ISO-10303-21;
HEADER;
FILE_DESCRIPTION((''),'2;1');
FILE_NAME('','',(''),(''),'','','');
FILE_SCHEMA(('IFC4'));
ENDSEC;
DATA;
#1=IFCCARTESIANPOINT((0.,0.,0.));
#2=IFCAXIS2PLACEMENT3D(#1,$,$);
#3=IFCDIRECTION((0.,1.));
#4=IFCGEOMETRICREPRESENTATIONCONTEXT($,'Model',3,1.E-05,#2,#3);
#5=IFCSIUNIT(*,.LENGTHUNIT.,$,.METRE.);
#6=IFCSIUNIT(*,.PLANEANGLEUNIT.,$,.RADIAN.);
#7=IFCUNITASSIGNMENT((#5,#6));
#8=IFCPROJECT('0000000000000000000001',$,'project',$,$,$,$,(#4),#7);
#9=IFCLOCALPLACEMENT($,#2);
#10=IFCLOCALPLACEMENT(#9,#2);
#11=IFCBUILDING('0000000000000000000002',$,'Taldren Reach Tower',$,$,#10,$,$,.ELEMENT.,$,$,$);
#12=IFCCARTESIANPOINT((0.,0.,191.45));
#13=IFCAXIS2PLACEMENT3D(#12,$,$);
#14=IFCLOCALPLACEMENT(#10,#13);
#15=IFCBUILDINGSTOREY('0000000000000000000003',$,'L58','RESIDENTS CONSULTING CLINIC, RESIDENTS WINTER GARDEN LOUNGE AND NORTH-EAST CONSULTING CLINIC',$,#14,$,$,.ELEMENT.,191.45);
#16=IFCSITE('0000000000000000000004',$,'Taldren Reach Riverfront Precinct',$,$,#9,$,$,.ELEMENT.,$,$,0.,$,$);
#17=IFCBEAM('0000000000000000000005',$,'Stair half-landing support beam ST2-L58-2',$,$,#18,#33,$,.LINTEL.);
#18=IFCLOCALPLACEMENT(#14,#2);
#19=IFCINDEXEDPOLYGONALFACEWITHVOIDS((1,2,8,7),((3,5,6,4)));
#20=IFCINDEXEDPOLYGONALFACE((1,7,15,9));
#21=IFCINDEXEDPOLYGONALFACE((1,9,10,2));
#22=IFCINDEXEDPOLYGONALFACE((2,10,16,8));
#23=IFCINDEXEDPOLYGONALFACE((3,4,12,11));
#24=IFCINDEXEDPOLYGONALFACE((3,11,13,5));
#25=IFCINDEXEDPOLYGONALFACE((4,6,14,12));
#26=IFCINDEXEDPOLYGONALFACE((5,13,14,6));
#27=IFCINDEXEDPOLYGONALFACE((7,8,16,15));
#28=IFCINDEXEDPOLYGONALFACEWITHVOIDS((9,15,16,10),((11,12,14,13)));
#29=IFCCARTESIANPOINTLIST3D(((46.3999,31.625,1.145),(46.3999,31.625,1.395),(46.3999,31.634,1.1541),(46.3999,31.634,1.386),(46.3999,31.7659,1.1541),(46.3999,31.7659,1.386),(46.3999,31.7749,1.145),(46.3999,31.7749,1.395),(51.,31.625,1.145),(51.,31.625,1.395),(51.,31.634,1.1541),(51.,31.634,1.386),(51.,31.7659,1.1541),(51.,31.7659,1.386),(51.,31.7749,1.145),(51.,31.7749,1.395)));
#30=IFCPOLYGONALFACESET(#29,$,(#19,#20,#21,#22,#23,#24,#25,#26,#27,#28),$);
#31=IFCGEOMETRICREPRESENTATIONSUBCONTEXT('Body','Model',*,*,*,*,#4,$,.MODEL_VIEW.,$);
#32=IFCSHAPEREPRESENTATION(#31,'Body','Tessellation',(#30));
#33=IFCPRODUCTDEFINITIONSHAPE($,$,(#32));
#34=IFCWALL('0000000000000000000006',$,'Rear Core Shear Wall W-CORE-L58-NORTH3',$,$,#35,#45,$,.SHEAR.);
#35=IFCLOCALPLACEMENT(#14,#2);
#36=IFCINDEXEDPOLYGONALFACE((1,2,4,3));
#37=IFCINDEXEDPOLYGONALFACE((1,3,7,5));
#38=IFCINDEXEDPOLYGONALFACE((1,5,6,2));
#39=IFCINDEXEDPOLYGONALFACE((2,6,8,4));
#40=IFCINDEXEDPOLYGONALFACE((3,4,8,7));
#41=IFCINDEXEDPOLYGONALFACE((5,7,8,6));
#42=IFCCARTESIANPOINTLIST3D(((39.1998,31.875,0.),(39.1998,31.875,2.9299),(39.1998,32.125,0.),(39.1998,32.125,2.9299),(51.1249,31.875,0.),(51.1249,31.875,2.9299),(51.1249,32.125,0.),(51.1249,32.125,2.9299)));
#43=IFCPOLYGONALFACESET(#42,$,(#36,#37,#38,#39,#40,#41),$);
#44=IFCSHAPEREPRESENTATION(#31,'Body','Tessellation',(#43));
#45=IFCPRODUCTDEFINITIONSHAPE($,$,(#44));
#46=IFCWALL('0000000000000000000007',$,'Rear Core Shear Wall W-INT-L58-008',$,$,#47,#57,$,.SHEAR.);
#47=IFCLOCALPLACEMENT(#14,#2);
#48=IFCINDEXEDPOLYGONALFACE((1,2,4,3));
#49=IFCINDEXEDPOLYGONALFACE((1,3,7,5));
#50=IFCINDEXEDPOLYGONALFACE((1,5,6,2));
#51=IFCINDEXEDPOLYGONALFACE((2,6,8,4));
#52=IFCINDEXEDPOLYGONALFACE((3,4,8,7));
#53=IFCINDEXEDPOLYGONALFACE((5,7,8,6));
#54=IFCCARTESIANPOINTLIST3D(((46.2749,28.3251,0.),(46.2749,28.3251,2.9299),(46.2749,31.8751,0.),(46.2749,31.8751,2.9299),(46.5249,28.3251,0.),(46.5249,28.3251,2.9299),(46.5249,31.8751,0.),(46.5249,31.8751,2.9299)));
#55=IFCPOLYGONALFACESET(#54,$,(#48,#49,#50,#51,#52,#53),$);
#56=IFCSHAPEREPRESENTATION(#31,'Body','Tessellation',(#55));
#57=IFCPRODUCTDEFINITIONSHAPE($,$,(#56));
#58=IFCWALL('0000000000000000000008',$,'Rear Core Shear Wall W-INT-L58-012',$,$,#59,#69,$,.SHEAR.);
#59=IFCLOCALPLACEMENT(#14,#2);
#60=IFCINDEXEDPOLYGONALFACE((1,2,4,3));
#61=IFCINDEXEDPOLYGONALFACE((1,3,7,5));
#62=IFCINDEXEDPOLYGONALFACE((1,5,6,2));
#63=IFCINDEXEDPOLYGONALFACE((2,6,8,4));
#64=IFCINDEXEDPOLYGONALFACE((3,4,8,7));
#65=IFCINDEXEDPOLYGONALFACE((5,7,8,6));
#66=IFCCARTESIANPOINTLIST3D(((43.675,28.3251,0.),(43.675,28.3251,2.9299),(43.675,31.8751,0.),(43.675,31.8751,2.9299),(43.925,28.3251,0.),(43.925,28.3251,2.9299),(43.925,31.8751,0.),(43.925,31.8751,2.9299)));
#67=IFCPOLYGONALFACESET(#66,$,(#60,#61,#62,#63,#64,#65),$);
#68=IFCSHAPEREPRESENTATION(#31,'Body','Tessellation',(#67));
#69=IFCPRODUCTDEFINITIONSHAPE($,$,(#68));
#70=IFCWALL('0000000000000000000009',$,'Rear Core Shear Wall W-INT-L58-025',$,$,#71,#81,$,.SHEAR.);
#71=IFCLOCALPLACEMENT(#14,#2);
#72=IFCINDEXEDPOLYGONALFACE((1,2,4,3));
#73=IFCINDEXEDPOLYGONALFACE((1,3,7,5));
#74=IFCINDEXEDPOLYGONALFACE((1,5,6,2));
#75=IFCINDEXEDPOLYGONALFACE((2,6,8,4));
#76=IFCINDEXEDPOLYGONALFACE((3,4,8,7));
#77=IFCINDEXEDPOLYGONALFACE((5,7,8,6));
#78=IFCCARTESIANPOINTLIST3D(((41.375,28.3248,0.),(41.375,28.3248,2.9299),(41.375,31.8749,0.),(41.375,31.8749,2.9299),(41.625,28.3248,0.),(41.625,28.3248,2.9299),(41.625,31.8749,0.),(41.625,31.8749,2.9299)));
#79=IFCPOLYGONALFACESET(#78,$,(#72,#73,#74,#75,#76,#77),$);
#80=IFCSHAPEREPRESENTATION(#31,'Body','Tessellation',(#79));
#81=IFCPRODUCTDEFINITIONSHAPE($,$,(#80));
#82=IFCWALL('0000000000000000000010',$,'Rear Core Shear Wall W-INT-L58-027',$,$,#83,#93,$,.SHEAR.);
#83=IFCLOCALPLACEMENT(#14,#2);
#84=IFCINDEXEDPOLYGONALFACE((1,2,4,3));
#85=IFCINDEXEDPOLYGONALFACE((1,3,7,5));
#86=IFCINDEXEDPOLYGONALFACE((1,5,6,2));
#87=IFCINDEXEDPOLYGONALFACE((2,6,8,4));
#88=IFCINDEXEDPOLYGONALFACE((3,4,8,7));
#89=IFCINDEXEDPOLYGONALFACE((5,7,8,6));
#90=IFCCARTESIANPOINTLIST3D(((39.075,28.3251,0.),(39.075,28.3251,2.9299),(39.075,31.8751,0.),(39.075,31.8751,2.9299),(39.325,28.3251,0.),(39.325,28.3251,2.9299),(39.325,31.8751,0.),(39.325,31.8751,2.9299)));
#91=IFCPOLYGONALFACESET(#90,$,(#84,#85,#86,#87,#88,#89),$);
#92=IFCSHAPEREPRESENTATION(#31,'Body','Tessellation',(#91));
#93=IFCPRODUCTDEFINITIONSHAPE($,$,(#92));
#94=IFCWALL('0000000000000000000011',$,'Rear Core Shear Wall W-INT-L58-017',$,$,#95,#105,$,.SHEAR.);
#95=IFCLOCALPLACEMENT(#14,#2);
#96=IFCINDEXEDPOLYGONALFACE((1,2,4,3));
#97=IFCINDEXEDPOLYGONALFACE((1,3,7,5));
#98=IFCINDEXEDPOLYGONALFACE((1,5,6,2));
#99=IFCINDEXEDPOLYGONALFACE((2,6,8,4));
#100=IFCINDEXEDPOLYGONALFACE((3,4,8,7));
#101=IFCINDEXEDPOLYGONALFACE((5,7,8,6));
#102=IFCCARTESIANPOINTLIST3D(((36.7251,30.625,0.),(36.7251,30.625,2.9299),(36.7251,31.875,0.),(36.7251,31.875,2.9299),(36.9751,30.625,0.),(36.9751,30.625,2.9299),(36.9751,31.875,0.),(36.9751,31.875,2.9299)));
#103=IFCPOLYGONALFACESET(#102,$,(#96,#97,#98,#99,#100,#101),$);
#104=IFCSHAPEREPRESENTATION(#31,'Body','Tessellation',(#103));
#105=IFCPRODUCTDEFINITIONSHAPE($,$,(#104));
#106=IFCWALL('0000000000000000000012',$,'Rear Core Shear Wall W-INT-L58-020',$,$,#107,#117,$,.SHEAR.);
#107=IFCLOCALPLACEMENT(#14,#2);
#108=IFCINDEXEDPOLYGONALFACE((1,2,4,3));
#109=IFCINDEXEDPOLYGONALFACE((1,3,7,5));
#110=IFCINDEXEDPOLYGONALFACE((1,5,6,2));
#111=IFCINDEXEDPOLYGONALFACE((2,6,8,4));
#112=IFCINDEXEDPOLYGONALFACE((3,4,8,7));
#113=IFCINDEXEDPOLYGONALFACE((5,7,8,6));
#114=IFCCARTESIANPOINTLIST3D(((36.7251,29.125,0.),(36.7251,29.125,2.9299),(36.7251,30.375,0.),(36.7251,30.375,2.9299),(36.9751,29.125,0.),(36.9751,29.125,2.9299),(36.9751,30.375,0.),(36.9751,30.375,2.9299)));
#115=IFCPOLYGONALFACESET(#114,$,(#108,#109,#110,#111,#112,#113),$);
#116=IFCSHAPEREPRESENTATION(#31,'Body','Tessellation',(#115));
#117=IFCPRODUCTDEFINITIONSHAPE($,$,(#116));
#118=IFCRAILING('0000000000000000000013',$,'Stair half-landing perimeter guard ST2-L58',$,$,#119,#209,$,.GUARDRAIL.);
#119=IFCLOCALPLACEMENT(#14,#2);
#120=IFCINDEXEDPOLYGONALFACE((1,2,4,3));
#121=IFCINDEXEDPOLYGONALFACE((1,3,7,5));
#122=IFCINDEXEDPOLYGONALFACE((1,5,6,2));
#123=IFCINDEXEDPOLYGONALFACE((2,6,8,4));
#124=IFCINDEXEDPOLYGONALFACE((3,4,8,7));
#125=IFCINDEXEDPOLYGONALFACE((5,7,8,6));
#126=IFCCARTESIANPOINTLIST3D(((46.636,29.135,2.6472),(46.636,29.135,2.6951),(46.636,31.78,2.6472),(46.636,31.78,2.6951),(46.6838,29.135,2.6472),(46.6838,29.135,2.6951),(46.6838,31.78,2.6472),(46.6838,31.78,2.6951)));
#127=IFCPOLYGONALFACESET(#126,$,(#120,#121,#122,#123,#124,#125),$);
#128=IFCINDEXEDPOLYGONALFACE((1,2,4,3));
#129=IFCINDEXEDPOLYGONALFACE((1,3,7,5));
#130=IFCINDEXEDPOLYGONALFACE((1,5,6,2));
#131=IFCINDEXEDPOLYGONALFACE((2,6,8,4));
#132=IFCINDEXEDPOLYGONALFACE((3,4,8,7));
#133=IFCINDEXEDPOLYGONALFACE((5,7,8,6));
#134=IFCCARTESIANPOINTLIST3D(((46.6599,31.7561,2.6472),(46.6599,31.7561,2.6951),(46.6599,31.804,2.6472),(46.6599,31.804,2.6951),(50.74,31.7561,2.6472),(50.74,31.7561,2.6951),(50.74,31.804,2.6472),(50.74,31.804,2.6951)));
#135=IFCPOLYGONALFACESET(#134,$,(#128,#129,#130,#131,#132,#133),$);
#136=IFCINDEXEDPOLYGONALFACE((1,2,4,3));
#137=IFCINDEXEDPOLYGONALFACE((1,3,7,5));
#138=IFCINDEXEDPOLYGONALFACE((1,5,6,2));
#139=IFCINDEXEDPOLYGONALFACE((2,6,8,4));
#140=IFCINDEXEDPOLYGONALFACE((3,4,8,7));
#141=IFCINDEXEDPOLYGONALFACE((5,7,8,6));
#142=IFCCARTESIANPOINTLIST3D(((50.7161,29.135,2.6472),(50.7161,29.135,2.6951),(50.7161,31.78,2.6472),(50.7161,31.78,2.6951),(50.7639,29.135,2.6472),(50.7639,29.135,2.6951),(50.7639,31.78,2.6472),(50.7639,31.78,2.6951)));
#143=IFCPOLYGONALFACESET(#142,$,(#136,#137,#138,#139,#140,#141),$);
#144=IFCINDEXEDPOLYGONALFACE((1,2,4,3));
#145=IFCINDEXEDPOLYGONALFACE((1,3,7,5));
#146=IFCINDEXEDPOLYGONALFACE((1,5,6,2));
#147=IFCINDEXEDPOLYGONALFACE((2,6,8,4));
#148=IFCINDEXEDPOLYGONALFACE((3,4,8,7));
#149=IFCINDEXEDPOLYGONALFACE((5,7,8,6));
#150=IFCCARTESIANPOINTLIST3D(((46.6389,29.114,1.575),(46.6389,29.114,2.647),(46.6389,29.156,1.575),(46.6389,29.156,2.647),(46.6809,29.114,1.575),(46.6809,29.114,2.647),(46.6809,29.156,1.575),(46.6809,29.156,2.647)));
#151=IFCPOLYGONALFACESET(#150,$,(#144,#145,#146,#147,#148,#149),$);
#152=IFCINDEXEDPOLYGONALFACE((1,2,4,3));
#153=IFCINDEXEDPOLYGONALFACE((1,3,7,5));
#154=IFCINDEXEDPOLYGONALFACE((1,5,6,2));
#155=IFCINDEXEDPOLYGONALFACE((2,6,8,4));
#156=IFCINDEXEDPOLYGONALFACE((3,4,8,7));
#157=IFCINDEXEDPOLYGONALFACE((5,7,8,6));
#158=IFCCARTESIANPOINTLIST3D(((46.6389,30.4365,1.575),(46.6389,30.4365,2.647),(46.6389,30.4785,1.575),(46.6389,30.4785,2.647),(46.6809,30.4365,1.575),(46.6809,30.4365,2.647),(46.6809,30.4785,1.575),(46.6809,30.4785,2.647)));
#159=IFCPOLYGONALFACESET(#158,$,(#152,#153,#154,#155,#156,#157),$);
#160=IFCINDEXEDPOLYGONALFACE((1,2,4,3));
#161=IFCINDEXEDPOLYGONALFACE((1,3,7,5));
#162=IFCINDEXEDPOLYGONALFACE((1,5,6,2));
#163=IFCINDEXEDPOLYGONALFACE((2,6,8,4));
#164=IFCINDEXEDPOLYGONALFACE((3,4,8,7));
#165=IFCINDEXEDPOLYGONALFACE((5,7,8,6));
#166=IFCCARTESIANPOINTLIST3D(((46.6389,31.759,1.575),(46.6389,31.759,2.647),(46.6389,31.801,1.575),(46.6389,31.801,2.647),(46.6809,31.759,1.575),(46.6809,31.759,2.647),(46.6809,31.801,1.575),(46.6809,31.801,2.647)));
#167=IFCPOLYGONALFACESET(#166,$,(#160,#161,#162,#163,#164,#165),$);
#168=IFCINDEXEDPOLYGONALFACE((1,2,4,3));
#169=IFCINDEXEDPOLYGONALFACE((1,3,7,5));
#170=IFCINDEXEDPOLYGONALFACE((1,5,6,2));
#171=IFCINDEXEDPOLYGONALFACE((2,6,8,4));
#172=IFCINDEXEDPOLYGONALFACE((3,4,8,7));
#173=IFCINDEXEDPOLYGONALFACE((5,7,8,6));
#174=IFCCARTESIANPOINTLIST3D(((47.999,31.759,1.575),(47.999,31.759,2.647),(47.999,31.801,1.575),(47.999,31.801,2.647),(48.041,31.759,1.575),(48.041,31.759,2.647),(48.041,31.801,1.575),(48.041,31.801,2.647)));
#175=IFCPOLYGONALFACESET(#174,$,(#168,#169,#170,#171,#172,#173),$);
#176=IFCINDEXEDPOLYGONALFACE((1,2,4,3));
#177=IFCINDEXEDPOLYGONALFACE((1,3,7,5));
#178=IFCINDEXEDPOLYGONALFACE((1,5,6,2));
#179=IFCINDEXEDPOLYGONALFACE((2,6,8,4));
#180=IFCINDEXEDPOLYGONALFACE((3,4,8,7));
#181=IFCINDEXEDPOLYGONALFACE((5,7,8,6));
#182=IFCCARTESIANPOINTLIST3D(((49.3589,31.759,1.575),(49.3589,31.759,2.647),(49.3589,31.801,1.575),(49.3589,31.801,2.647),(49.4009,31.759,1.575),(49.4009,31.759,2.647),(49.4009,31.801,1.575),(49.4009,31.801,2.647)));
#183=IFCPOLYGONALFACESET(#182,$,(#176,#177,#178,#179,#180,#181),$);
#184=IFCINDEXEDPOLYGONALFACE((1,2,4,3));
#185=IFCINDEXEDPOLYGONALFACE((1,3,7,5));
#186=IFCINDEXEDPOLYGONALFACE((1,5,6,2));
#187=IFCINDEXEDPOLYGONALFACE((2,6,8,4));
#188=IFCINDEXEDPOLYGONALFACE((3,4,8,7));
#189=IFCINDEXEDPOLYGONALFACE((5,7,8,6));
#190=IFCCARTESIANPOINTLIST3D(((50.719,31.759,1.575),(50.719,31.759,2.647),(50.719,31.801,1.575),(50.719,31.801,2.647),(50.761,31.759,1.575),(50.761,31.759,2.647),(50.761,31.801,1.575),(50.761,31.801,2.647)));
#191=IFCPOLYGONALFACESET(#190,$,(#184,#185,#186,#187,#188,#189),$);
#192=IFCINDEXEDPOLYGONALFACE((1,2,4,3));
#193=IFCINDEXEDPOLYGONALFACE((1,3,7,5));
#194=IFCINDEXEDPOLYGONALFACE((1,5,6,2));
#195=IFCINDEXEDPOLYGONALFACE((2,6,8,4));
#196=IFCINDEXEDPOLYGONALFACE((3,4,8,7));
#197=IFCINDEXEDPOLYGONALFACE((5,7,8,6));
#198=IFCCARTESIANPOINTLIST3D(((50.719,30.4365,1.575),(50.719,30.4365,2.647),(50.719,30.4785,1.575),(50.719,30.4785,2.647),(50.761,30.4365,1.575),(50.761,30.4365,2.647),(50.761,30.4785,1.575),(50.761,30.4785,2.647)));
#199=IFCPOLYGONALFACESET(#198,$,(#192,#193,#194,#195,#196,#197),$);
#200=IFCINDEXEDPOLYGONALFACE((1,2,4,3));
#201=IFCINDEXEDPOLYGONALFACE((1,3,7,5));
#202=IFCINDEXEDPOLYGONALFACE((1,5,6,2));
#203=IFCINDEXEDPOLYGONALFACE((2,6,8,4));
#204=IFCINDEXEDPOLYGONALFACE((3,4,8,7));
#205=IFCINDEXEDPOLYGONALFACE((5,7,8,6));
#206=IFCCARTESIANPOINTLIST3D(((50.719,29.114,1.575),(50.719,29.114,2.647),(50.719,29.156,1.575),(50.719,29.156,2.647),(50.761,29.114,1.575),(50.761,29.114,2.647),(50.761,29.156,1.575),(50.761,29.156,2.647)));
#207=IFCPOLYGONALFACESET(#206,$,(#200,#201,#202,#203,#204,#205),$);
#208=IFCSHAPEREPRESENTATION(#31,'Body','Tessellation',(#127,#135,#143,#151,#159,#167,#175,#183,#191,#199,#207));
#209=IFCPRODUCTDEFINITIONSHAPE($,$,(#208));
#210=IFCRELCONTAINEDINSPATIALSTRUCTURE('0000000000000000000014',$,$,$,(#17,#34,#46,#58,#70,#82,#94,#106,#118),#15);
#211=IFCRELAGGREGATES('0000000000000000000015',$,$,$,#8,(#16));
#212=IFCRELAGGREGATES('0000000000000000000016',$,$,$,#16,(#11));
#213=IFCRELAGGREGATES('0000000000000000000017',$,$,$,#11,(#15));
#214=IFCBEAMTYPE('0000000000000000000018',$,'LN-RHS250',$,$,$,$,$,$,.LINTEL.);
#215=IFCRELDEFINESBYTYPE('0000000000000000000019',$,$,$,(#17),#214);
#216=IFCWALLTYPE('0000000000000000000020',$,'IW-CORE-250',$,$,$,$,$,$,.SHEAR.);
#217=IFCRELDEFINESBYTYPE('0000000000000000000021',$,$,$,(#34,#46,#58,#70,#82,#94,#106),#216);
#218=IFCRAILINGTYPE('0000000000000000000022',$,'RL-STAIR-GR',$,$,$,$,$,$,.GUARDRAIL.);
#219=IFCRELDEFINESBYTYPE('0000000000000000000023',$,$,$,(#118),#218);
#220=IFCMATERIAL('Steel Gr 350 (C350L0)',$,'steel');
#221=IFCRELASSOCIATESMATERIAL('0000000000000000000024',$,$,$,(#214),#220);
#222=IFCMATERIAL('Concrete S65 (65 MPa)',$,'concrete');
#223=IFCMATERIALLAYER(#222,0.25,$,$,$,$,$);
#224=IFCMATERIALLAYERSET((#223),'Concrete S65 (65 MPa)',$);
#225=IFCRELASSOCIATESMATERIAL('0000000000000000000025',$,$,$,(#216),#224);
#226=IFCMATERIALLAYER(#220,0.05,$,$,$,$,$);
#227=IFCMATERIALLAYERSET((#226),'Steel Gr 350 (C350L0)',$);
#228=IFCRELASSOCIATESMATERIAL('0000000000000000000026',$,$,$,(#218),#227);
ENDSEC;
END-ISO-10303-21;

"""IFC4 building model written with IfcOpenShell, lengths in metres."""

from ifc_helpers import new_model, si_unit, direction, frame, frame_2d, origin, origin_2d, place, context, subcontext, project, spatial, rectangle, hollow_rectangle, extrude, source, transform, mapped, material, layer, layer_set, material_profile, profile_set, type_object, element, save


model = new_model("IFC4")

# Units and contexts
model_context = context("Model", 3, precision=1e-05, world=origin(), true_north=direction((0.0, 1.0)))
body_context = subcontext(model_context, "Body", "Model", "MODEL_VIEW")
ifc_project = project(units=[si_unit("LENGTHUNIT", "METRE"), si_unit("PLANEANGLEUNIT", "RADIAN")], contexts=[model_context])

# Site, building, storey
site_placement = place(None, origin())
site = spatial("IfcSite", under=ifc_project, at=site_placement, Name="Taldren Reach Riverfront Precinct", CompositionType="ELEMENT", RefElevation=0.0)
building_placement = place(site_placement, origin())
building = spatial("IfcBuilding", under=site, at=building_placement, Name="Taldren Reach Tower", CompositionType="ELEMENT")
storey_placement = place(building_placement, frame((0.0, 0.0, 191.45)))
storey = spatial("IfcBuildingStorey", under=building, at=storey_placement, Name="L58", Description="RESIDENTS CONSULTING CLINIC, RESIDENTS WINTER GARDEN LOUNGE AND NORTH-EAST CONSULTING CLINIC", CompositionType="ELEMENT", Elevation=191.45)

# Shared definitions
ifc_material_1 = material(Name="Steel Gr 350 (C350L0)", Category="steel")

# Beam
ifc_material_profile_1 = material_profile(ifc_material_1, hollow_rectangle(XDim=0.1499, YDim=0.25, WallThickness=0.009, at=origin_2d()), Name="250x150x9.0RHS")
ifc_profile_set_1 = profile_set([ifc_material_profile_1], Name="Steel Gr 350 (C350L0)")
beam_type_1 = type_object("IfcBeamType", Name="LN-RHS250", PredefinedType="LINTEL", material=ifc_profile_set_1)
shared_shape_1 = source(origin(), body_context, "Body", "SweptSolid", [
    extrude(hollow_rectangle(XDim=0.1499, YDim=0.25, WallThickness=0.009, at=origin_2d()), origin(), (0.0, 0.0, 1.0), 4.6001),
])
for number, where, z_axis, x_axis, name in (
    (1, (46.3999, 31.7, 1.27), (1.0, 0.0, 0.0), (0.0, 1.0, 0.0), "Stair half-landing support beam ST2-L58-2"),
):
    element("IfcBeam", number, at=place(storey_placement, frame(where, z_axis=z_axis, x_axis=x_axis)), inside=storey, type_object=beam_type_1, Name=name, PredefinedType="LINTEL", context=body_context, shape_type="MappedRepresentation", body=[
        mapped(shared_shape_1, transform((0.0, 0.0, 0.0), scale=1.0)),
    ])

# Walls
ifc_material_2 = material(Name="Concrete S65 (65 MPa)", Category="concrete")
ifc_layer_1 = layer(ifc_material_2, 0.25)
ifc_layer_set_1 = layer_set([ifc_layer_1], Name="Concrete S65 (65 MPa)")
wall_type = type_object("IfcWallType", Name="IW-CORE-250", PredefinedType="SHEAR", material=ifc_layer_set_1)
shared_shape_2 = source(origin(), body_context, "Body", "SweptSolid", [
    extrude(rectangle(XDim=11.925, YDim=0.25, at=frame_2d((5.9624, 0.0))), origin(), (0.0, 0.0, 1.0), 2.9299),
])
wall_1_placement = place(storey_placement, frame((39.2, 32.0, 0.0), z_axis=(0.0, 0.0, 1.0), x_axis=(1.0, 0.0, 0.0)))
element("IfcWall", 2, at=wall_1_placement, inside=storey, type_object=wall_type, Name="Rear Core Shear Wall W-CORE-L58-NORTH3", PredefinedType="SHEAR", context=body_context, shape_type="MappedRepresentation", body=[
    mapped(shared_shape_2, transform((0.0, 0.0, 0.0), scale=1.0)),
])
shared_shape_3 = source(origin(), body_context, "Body", "SweptSolid", [
    extrude(rectangle(XDim=3.55, YDim=0.25, at=frame_2d((1.7749, 0.0))), origin(), (0.0, 0.0, 1.0), 2.9299),
])
for number, where, z_axis, x_axis, name in (
    (3, (46.3999, 31.875, 0.0), (0.0, 0.0, 1.0), (0.0, -1.0, 0.0), "Rear Core Shear Wall W-INT-L58-008"),
    (4, (43.8, 31.875, 0.0), (0.0, 0.0, 1.0), (0.0, -1.0, 0.0), "Rear Core Shear Wall W-INT-L58-012"),
    (5, (41.5, 28.325, 0.0), (0.0, 0.0, 1.0), (0.0, 1.0, 0.0), "Rear Core Shear Wall W-INT-L58-025"),
    (6, (39.2, 31.875, 0.0), (0.0, 0.0, 1.0), (0.0, -1.0, 0.0), "Rear Core Shear Wall W-INT-L58-027"),
):
    element("IfcWall", number, at=place(storey_placement, frame(where, z_axis=z_axis, x_axis=x_axis)), inside=storey, type_object=wall_type, Name=name, PredefinedType="SHEAR", context=body_context, shape_type="MappedRepresentation", body=[
        mapped(shared_shape_3, transform((0.0, 0.0, 0.0), scale=1.0)),
    ])

# Walls
shared_shape_4 = source(origin(), body_context, "Body", "SweptSolid", [
    extrude(rectangle(XDim=1.25, YDim=0.25, at=frame_2d((0.625, 0.0))), origin(), (0.0, 0.0, 1.0), 2.9299),
])
for number, where, z_axis, x_axis, name in (
    (7, (36.8501, 30.625, 0.0), (0.0, 0.0, 1.0), (0.0, 1.0, 0.0), "Rear Core Shear Wall W-INT-L58-017"),
    (8, (36.8501, 29.125, 0.0), (0.0, 0.0, 1.0), (0.0, 1.0, 0.0), "Rear Core Shear Wall W-INT-L58-020"),
):
    element("IfcWall", number, at=place(storey_placement, frame(where, z_axis=z_axis, x_axis=x_axis)), inside=storey, type_object=wall_type, Name=name, PredefinedType="SHEAR", context=body_context, shape_type="MappedRepresentation", body=[
        mapped(shared_shape_4, transform((0.0, 0.0, 0.0), scale=1.0)),
    ])

# Railing
ifc_layer_2 = layer(ifc_material_1, 0.05)
ifc_layer_set_2 = layer_set([ifc_layer_2], Name="Steel Gr 350 (C350L0)")
railing_type = type_object("IfcRailingType", Name="RL-STAIR-GR", PredefinedType="GUARDRAIL", material=ifc_layer_set_2)
railing_placement = place(storey_placement, frame((46.6599, 29.135, 1.575)))
element("IfcRailing", 9, at=railing_placement, inside=storey, type_object=railing_type, Name="Stair half-landing perimeter guard ST2-L58", PredefinedType="GUARDRAIL", context=body_context, shape_type="SweptSolid", body=[
    extrude(rectangle(XDim=0.0479, YDim=0.0479, at=origin_2d()), frame((0.0, 0.0, 1.0962), z_axis=(0.0, 1.0, 0.0), x_axis=(-1.0, 0.0, 0.0)), (0.0, 0.0, 1.0), 2.645),
    extrude(rectangle(XDim=0.0479, YDim=0.0479, at=origin_2d()), frame((0.0, 2.645, 1.0962), z_axis=(1.0, 0.0, 0.0), x_axis=(0.0, 1.0, 0.0)), (0.0, 0.0, 1.0), 4.0801),
    extrude(rectangle(XDim=0.0479, YDim=0.0479, at=origin_2d()), frame((4.0801, 2.645, 1.0962), z_axis=(0.0, -1.0, 0.0), x_axis=(1.0, 0.0, 0.0)), (0.0, 0.0, 1.0), 2.645),
    extrude(rectangle(XDim=0.042, YDim=0.042, at=origin_2d()), origin(), (0.0, 0.0, 1.0), 1.072),
    extrude(rectangle(XDim=0.042, YDim=0.042, at=origin_2d()), frame((0.0, 1.3225, 0.0)), (0.0, 0.0, 1.0), 1.072),
    extrude(rectangle(XDim=0.042, YDim=0.042, at=origin_2d()), frame((0.0, 2.645, 0.0)), (0.0, 0.0, 1.0), 1.072),
    extrude(rectangle(XDim=0.042, YDim=0.042, at=origin_2d()), frame((1.3601, 2.645, 0.0)), (0.0, 0.0, 1.0), 1.072),
    extrude(rectangle(XDim=0.042, YDim=0.042, at=origin_2d()), frame((2.72, 2.645, 0.0)), (0.0, 0.0, 1.0), 1.072),
    extrude(rectangle(XDim=0.042, YDim=0.042, at=origin_2d()), frame((4.0801, 2.645, 0.0)), (0.0, 0.0, 1.0), 1.072),
    extrude(rectangle(XDim=0.042, YDim=0.042, at=origin_2d()), frame((4.0801, 1.3225, 0.0)), (0.0, 0.0, 1.0), 1.072),
    extrude(rectangle(XDim=0.042, YDim=0.042, at=origin_2d()), frame((4.0801, 0.0, 0.0)), (0.0, 0.0, 1.0), 1.072),
])

save(model, "model.ifc")
